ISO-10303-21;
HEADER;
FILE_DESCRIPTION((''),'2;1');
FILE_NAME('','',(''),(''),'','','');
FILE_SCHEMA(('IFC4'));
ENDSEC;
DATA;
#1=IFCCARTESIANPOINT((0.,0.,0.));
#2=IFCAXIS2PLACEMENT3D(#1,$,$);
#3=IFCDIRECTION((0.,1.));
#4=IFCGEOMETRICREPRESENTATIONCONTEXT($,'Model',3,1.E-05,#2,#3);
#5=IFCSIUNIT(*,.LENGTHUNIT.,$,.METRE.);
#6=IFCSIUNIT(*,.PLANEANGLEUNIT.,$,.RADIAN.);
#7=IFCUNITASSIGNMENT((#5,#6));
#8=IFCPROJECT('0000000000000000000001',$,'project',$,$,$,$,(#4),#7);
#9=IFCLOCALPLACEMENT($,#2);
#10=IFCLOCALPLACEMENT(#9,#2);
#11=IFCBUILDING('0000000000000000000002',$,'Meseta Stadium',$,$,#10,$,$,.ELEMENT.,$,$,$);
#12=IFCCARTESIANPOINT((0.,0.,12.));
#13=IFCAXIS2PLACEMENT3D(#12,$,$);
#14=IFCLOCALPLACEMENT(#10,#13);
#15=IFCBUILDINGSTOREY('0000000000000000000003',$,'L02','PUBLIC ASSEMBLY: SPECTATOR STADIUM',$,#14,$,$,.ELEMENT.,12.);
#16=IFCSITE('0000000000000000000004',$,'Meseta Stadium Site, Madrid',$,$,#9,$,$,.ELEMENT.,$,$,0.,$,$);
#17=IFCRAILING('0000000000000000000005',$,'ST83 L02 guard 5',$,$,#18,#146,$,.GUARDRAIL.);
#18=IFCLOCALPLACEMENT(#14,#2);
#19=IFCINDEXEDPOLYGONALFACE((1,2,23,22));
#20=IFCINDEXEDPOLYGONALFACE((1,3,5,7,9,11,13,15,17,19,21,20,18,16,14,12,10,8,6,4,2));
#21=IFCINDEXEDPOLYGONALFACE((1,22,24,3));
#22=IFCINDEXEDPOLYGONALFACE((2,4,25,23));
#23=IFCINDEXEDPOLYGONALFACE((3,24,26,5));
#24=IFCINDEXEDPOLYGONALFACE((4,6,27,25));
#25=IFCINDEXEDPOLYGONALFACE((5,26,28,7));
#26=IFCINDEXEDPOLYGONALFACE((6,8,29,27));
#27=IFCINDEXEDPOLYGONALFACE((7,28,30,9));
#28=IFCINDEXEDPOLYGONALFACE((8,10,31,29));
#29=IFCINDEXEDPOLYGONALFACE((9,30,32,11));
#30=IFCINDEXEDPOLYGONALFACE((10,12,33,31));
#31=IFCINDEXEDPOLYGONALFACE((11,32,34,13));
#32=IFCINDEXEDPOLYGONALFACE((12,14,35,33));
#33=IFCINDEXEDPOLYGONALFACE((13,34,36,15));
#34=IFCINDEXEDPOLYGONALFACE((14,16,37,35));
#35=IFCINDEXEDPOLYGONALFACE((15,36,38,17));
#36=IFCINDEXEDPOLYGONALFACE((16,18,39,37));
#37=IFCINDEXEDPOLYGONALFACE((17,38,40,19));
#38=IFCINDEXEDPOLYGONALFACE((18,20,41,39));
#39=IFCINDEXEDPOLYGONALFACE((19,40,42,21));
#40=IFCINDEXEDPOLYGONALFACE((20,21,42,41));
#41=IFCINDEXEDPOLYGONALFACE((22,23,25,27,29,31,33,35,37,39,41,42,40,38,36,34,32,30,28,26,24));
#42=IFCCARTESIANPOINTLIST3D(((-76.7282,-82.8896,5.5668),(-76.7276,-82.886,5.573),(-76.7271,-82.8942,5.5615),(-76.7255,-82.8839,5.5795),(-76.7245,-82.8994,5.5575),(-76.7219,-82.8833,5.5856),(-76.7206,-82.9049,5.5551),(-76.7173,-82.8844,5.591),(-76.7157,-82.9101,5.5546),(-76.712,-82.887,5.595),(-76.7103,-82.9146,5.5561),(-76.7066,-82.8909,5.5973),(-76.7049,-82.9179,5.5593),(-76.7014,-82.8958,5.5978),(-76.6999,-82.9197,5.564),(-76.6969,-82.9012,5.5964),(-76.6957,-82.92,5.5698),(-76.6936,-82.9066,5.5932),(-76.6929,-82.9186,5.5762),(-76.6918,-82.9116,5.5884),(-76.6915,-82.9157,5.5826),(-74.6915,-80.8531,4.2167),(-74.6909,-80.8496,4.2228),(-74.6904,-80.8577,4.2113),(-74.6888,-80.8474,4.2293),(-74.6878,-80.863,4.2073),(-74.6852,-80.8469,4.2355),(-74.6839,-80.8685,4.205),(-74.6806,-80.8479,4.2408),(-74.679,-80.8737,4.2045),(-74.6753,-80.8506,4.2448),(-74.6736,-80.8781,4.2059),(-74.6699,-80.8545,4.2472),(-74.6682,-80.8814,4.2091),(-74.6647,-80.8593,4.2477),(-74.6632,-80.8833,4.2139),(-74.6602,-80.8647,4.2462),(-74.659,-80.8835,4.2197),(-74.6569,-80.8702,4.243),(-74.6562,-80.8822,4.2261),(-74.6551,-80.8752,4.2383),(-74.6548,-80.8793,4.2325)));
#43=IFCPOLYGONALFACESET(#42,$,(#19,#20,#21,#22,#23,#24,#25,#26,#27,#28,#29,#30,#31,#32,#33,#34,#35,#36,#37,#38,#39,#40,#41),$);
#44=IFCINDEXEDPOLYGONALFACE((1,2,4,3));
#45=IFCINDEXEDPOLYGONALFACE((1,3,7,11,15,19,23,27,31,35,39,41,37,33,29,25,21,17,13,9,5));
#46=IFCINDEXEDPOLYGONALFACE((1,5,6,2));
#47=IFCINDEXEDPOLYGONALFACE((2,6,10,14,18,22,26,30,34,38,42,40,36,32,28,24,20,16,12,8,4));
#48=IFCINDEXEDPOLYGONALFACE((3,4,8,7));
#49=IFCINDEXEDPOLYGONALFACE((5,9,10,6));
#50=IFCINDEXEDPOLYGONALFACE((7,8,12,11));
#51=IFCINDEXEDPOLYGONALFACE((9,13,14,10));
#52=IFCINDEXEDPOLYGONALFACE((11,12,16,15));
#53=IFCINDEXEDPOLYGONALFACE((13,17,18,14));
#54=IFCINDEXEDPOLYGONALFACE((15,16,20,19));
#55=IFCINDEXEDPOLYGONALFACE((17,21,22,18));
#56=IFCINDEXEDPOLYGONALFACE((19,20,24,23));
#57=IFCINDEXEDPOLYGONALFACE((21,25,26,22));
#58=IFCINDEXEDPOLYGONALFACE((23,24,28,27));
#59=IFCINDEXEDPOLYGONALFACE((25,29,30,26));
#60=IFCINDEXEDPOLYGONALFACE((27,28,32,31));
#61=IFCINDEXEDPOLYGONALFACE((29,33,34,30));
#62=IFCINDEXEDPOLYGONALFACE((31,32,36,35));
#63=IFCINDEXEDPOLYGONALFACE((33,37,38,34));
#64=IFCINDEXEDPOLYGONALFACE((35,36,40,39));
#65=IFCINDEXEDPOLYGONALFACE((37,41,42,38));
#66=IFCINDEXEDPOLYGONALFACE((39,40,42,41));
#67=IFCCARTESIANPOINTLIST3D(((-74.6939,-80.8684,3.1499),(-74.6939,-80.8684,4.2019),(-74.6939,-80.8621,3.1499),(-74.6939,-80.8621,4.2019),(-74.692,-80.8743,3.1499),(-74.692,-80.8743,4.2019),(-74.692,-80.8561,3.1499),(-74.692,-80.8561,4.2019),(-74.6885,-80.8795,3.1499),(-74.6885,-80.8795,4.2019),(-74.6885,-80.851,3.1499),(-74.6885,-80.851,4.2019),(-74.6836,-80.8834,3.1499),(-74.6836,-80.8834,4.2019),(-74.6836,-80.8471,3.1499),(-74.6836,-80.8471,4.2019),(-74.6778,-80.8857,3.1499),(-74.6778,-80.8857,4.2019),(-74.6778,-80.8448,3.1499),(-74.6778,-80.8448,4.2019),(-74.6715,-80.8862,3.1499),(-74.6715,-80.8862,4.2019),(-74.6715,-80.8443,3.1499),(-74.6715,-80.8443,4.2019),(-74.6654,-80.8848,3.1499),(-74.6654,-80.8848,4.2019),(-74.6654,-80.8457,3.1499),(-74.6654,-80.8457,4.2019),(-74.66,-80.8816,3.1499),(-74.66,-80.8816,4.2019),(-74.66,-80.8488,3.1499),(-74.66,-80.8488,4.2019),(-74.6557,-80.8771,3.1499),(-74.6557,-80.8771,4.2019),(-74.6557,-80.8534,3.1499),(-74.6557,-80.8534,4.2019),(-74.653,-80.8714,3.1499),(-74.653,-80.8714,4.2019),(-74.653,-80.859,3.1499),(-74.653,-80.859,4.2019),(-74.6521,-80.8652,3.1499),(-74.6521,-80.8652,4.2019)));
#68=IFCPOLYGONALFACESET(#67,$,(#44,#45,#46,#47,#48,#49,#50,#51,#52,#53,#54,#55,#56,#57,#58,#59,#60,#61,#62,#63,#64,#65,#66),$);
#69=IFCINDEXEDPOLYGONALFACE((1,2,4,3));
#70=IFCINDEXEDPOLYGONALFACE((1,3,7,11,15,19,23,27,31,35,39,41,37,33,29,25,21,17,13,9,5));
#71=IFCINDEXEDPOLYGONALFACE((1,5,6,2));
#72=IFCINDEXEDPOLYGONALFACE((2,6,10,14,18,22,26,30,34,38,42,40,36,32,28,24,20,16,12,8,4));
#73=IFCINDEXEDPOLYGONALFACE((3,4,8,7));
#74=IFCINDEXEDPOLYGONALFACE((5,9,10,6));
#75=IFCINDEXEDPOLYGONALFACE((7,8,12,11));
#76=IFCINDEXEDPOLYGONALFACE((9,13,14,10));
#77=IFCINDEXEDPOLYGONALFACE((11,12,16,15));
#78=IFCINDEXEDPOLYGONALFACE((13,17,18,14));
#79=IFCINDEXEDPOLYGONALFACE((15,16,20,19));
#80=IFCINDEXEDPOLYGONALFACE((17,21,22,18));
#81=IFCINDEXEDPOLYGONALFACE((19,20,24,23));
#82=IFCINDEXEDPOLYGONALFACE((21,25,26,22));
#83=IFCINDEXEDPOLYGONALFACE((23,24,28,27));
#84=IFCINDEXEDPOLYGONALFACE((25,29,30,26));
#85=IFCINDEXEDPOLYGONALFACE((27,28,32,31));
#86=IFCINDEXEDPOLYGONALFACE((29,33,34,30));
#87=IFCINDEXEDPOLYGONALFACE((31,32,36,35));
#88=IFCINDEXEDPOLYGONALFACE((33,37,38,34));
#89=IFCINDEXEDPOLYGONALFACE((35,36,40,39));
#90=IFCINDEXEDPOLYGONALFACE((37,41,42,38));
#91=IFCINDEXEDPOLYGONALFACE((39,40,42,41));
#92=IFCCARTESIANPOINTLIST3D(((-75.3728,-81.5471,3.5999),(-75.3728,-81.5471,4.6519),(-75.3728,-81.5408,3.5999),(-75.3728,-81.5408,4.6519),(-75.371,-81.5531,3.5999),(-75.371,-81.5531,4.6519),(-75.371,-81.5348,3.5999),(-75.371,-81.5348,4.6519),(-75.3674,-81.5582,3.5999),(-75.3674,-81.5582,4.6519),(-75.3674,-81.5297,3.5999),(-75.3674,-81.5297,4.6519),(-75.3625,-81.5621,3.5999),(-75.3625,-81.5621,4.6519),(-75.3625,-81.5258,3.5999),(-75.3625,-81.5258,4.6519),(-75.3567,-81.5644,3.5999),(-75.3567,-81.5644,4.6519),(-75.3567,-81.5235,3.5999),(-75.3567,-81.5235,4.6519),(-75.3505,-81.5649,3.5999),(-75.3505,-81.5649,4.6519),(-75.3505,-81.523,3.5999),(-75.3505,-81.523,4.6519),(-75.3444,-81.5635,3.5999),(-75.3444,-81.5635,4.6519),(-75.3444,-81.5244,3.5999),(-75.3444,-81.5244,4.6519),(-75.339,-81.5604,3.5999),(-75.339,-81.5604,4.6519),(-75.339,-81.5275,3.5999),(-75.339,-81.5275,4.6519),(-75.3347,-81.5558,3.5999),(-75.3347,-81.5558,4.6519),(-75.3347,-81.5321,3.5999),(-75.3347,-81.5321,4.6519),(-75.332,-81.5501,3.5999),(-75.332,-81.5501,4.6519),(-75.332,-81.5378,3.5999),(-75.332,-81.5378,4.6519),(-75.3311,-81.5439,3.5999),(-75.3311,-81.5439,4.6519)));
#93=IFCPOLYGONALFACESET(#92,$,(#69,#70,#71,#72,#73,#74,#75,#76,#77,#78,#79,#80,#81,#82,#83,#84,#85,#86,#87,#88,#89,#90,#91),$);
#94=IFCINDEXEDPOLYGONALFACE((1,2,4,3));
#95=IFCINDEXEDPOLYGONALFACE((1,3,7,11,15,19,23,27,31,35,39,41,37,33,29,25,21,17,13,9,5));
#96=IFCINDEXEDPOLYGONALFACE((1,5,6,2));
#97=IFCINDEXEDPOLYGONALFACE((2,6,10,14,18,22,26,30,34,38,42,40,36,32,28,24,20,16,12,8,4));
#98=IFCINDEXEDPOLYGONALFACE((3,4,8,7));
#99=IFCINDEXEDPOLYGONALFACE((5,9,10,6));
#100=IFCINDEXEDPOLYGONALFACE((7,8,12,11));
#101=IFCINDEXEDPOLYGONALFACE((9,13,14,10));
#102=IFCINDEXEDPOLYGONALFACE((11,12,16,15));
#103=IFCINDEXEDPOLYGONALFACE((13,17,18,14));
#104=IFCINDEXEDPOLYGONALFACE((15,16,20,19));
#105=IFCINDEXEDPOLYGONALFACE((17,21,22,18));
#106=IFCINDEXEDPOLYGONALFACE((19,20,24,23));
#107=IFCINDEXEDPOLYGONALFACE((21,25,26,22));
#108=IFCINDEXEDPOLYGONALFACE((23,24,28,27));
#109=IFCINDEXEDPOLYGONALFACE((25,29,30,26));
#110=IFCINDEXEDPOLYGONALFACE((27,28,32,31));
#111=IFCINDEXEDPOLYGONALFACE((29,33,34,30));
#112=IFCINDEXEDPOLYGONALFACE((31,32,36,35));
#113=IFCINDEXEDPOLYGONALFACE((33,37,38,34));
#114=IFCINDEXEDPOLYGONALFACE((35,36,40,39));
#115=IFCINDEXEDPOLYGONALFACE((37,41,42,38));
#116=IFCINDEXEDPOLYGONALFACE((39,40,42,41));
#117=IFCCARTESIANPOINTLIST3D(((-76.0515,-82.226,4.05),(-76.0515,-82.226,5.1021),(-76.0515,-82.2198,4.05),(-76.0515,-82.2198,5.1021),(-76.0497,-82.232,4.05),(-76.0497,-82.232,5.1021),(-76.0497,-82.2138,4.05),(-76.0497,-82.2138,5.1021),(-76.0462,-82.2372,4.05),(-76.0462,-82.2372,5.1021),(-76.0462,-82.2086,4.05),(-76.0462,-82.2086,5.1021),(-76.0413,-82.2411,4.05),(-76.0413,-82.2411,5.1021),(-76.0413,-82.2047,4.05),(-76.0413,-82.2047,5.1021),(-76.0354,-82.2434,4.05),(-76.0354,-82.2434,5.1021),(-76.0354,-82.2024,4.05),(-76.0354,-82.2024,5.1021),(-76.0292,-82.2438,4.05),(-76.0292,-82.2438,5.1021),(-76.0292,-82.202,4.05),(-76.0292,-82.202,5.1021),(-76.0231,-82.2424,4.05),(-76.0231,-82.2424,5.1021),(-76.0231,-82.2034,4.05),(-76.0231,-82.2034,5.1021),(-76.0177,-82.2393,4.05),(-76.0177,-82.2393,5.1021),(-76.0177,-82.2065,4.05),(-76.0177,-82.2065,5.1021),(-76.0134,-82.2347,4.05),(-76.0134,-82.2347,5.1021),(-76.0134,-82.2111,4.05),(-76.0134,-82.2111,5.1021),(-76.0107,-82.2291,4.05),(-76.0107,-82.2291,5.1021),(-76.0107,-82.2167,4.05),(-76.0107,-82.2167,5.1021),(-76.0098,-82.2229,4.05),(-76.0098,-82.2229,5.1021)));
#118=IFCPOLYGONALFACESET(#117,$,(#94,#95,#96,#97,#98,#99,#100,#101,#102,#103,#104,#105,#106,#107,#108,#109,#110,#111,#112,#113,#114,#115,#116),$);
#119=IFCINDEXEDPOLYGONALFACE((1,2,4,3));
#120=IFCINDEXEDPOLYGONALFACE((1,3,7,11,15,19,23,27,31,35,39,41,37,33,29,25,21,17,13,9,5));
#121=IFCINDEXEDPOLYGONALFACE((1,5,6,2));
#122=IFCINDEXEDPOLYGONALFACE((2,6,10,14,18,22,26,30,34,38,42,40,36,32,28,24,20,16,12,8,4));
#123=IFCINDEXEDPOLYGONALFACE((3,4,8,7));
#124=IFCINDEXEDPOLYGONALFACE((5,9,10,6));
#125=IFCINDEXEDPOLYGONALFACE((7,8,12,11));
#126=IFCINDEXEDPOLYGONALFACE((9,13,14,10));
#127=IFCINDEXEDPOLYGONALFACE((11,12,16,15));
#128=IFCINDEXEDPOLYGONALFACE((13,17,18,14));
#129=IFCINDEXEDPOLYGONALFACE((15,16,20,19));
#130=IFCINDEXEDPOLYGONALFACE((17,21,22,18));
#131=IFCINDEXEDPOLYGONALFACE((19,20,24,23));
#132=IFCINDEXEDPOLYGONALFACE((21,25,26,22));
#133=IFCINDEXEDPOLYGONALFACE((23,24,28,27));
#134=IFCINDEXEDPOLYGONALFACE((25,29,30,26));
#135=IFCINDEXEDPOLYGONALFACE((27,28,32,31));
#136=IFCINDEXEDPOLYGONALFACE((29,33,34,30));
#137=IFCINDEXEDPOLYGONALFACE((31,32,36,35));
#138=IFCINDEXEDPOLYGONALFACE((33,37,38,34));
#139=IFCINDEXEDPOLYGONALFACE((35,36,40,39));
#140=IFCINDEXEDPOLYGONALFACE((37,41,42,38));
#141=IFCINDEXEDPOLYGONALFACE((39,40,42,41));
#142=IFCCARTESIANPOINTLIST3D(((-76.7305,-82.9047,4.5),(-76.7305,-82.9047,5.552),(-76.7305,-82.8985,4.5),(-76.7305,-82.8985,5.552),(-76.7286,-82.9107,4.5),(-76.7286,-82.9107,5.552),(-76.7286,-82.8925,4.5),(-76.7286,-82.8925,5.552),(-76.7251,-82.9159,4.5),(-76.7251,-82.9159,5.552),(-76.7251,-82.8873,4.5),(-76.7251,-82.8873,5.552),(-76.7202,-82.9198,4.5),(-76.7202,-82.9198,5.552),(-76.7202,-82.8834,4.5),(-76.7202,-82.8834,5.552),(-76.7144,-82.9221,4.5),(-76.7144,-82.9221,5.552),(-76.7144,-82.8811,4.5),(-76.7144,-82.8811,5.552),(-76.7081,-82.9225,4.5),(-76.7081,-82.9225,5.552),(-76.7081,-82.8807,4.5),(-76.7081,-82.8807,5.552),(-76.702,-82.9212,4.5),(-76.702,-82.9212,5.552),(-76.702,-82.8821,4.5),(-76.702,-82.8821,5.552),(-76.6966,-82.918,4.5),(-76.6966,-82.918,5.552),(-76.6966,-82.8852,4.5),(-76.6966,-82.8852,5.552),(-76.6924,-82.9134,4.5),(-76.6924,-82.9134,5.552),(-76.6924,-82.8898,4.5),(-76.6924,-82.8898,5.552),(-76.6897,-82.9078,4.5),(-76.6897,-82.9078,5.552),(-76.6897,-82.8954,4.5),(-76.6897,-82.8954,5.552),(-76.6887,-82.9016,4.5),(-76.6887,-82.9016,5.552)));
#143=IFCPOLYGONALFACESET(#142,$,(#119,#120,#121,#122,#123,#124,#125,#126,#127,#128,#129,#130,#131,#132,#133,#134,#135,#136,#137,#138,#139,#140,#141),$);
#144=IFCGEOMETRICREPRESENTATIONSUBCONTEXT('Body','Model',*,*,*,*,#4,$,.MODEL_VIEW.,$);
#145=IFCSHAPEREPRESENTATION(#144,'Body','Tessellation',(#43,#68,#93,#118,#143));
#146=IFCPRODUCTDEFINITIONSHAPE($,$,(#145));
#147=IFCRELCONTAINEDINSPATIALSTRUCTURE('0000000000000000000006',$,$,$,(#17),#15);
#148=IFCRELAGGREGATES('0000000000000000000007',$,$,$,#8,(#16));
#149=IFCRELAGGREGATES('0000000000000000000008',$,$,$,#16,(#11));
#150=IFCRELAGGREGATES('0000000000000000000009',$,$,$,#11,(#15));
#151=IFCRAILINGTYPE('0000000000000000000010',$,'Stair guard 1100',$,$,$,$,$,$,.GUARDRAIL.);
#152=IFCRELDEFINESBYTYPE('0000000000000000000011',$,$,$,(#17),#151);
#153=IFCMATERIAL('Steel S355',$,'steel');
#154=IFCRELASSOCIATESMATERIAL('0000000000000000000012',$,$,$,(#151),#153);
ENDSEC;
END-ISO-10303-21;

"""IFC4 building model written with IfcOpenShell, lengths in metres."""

from ifc_helpers import new_model, si_unit, direction, frame, origin, origin_2d, place, context, subcontext, project, spatial, circle, extrude, material, type_object, element, save


model = new_model("IFC4")

# Units and contexts
model_context = context("Model", 3, precision=1e-05, world=origin(), true_north=direction((0.0, 1.0)))
body_context = subcontext(model_context, "Body", "Model", "MODEL_VIEW")
ifc_project = project(units=[si_unit("LENGTHUNIT", "METRE"), si_unit("PLANEANGLEUNIT", "RADIAN")], contexts=[model_context])

# Site, building, storey
site_placement = place(None, origin())
site = spatial("IfcSite", under=ifc_project, at=site_placement, Name="Meseta Stadium Site, Madrid", CompositionType="ELEMENT", RefElevation=0.0)
building_placement = place(site_placement, origin())
building = spatial("IfcBuilding", under=site, at=building_placement, Name="Meseta Stadium", CompositionType="ELEMENT")
storey_placement = place(building_placement, frame((0.0, 0.0, 12.0)))
storey = spatial("IfcBuildingStorey", under=building, at=storey_placement, Name="L02", Description="PUBLIC ASSEMBLY: SPECTATOR STADIUM", CompositionType="ELEMENT", Elevation=12.0)

# Railing
ifc_material_1 = material(Name="Steel S355", Category="steel")
railing_type_1 = type_object("IfcRailingType", Name="Stair guard 1100", PredefinedType="GUARDRAIL", material=ifc_material_1)
railing_1_placement = place(storey_placement, frame((-74.6731, -80.8652, 3.1499)))
element("IfcRailing", 1, at=railing_1_placement, inside=storey, type_object=railing_type_1, Name="ST83 L02 guard 5", PredefinedType="GUARDRAIL", context=body_context, shape_type="SweptSolid", body=[
    extrude(circle(Radius=0.0239, at=origin_2d()), frame((0.0, 0.0, 1.0762), z_axis=(-0.640288, -0.640211, 0.424454), x_axis=(0.707064, -0.707149, 0.0)), (0.0, 0.0, 1.0), 3.1809),
    extrude(circle(Radius=0.021, at=origin_2d()), origin(), (0.0, 0.0, 1.0), 1.052),
    extrude(circle(Radius=0.021, at=origin_2d()), frame((-0.679, -0.6787, 0.45)), (0.0, 0.0, 1.0), 1.052),
    extrude(circle(Radius=0.021, at=origin_2d()), frame((-1.3577, -1.3577, 0.9001)), (0.0, 0.0, 1.0), 1.052),
    extrude(circle(Radius=0.021, at=origin_2d()), frame((-2.0366, -2.0364, 1.3501)), (0.0, 0.0, 1.0), 1.052),
])

save(model, "model.ifc")
